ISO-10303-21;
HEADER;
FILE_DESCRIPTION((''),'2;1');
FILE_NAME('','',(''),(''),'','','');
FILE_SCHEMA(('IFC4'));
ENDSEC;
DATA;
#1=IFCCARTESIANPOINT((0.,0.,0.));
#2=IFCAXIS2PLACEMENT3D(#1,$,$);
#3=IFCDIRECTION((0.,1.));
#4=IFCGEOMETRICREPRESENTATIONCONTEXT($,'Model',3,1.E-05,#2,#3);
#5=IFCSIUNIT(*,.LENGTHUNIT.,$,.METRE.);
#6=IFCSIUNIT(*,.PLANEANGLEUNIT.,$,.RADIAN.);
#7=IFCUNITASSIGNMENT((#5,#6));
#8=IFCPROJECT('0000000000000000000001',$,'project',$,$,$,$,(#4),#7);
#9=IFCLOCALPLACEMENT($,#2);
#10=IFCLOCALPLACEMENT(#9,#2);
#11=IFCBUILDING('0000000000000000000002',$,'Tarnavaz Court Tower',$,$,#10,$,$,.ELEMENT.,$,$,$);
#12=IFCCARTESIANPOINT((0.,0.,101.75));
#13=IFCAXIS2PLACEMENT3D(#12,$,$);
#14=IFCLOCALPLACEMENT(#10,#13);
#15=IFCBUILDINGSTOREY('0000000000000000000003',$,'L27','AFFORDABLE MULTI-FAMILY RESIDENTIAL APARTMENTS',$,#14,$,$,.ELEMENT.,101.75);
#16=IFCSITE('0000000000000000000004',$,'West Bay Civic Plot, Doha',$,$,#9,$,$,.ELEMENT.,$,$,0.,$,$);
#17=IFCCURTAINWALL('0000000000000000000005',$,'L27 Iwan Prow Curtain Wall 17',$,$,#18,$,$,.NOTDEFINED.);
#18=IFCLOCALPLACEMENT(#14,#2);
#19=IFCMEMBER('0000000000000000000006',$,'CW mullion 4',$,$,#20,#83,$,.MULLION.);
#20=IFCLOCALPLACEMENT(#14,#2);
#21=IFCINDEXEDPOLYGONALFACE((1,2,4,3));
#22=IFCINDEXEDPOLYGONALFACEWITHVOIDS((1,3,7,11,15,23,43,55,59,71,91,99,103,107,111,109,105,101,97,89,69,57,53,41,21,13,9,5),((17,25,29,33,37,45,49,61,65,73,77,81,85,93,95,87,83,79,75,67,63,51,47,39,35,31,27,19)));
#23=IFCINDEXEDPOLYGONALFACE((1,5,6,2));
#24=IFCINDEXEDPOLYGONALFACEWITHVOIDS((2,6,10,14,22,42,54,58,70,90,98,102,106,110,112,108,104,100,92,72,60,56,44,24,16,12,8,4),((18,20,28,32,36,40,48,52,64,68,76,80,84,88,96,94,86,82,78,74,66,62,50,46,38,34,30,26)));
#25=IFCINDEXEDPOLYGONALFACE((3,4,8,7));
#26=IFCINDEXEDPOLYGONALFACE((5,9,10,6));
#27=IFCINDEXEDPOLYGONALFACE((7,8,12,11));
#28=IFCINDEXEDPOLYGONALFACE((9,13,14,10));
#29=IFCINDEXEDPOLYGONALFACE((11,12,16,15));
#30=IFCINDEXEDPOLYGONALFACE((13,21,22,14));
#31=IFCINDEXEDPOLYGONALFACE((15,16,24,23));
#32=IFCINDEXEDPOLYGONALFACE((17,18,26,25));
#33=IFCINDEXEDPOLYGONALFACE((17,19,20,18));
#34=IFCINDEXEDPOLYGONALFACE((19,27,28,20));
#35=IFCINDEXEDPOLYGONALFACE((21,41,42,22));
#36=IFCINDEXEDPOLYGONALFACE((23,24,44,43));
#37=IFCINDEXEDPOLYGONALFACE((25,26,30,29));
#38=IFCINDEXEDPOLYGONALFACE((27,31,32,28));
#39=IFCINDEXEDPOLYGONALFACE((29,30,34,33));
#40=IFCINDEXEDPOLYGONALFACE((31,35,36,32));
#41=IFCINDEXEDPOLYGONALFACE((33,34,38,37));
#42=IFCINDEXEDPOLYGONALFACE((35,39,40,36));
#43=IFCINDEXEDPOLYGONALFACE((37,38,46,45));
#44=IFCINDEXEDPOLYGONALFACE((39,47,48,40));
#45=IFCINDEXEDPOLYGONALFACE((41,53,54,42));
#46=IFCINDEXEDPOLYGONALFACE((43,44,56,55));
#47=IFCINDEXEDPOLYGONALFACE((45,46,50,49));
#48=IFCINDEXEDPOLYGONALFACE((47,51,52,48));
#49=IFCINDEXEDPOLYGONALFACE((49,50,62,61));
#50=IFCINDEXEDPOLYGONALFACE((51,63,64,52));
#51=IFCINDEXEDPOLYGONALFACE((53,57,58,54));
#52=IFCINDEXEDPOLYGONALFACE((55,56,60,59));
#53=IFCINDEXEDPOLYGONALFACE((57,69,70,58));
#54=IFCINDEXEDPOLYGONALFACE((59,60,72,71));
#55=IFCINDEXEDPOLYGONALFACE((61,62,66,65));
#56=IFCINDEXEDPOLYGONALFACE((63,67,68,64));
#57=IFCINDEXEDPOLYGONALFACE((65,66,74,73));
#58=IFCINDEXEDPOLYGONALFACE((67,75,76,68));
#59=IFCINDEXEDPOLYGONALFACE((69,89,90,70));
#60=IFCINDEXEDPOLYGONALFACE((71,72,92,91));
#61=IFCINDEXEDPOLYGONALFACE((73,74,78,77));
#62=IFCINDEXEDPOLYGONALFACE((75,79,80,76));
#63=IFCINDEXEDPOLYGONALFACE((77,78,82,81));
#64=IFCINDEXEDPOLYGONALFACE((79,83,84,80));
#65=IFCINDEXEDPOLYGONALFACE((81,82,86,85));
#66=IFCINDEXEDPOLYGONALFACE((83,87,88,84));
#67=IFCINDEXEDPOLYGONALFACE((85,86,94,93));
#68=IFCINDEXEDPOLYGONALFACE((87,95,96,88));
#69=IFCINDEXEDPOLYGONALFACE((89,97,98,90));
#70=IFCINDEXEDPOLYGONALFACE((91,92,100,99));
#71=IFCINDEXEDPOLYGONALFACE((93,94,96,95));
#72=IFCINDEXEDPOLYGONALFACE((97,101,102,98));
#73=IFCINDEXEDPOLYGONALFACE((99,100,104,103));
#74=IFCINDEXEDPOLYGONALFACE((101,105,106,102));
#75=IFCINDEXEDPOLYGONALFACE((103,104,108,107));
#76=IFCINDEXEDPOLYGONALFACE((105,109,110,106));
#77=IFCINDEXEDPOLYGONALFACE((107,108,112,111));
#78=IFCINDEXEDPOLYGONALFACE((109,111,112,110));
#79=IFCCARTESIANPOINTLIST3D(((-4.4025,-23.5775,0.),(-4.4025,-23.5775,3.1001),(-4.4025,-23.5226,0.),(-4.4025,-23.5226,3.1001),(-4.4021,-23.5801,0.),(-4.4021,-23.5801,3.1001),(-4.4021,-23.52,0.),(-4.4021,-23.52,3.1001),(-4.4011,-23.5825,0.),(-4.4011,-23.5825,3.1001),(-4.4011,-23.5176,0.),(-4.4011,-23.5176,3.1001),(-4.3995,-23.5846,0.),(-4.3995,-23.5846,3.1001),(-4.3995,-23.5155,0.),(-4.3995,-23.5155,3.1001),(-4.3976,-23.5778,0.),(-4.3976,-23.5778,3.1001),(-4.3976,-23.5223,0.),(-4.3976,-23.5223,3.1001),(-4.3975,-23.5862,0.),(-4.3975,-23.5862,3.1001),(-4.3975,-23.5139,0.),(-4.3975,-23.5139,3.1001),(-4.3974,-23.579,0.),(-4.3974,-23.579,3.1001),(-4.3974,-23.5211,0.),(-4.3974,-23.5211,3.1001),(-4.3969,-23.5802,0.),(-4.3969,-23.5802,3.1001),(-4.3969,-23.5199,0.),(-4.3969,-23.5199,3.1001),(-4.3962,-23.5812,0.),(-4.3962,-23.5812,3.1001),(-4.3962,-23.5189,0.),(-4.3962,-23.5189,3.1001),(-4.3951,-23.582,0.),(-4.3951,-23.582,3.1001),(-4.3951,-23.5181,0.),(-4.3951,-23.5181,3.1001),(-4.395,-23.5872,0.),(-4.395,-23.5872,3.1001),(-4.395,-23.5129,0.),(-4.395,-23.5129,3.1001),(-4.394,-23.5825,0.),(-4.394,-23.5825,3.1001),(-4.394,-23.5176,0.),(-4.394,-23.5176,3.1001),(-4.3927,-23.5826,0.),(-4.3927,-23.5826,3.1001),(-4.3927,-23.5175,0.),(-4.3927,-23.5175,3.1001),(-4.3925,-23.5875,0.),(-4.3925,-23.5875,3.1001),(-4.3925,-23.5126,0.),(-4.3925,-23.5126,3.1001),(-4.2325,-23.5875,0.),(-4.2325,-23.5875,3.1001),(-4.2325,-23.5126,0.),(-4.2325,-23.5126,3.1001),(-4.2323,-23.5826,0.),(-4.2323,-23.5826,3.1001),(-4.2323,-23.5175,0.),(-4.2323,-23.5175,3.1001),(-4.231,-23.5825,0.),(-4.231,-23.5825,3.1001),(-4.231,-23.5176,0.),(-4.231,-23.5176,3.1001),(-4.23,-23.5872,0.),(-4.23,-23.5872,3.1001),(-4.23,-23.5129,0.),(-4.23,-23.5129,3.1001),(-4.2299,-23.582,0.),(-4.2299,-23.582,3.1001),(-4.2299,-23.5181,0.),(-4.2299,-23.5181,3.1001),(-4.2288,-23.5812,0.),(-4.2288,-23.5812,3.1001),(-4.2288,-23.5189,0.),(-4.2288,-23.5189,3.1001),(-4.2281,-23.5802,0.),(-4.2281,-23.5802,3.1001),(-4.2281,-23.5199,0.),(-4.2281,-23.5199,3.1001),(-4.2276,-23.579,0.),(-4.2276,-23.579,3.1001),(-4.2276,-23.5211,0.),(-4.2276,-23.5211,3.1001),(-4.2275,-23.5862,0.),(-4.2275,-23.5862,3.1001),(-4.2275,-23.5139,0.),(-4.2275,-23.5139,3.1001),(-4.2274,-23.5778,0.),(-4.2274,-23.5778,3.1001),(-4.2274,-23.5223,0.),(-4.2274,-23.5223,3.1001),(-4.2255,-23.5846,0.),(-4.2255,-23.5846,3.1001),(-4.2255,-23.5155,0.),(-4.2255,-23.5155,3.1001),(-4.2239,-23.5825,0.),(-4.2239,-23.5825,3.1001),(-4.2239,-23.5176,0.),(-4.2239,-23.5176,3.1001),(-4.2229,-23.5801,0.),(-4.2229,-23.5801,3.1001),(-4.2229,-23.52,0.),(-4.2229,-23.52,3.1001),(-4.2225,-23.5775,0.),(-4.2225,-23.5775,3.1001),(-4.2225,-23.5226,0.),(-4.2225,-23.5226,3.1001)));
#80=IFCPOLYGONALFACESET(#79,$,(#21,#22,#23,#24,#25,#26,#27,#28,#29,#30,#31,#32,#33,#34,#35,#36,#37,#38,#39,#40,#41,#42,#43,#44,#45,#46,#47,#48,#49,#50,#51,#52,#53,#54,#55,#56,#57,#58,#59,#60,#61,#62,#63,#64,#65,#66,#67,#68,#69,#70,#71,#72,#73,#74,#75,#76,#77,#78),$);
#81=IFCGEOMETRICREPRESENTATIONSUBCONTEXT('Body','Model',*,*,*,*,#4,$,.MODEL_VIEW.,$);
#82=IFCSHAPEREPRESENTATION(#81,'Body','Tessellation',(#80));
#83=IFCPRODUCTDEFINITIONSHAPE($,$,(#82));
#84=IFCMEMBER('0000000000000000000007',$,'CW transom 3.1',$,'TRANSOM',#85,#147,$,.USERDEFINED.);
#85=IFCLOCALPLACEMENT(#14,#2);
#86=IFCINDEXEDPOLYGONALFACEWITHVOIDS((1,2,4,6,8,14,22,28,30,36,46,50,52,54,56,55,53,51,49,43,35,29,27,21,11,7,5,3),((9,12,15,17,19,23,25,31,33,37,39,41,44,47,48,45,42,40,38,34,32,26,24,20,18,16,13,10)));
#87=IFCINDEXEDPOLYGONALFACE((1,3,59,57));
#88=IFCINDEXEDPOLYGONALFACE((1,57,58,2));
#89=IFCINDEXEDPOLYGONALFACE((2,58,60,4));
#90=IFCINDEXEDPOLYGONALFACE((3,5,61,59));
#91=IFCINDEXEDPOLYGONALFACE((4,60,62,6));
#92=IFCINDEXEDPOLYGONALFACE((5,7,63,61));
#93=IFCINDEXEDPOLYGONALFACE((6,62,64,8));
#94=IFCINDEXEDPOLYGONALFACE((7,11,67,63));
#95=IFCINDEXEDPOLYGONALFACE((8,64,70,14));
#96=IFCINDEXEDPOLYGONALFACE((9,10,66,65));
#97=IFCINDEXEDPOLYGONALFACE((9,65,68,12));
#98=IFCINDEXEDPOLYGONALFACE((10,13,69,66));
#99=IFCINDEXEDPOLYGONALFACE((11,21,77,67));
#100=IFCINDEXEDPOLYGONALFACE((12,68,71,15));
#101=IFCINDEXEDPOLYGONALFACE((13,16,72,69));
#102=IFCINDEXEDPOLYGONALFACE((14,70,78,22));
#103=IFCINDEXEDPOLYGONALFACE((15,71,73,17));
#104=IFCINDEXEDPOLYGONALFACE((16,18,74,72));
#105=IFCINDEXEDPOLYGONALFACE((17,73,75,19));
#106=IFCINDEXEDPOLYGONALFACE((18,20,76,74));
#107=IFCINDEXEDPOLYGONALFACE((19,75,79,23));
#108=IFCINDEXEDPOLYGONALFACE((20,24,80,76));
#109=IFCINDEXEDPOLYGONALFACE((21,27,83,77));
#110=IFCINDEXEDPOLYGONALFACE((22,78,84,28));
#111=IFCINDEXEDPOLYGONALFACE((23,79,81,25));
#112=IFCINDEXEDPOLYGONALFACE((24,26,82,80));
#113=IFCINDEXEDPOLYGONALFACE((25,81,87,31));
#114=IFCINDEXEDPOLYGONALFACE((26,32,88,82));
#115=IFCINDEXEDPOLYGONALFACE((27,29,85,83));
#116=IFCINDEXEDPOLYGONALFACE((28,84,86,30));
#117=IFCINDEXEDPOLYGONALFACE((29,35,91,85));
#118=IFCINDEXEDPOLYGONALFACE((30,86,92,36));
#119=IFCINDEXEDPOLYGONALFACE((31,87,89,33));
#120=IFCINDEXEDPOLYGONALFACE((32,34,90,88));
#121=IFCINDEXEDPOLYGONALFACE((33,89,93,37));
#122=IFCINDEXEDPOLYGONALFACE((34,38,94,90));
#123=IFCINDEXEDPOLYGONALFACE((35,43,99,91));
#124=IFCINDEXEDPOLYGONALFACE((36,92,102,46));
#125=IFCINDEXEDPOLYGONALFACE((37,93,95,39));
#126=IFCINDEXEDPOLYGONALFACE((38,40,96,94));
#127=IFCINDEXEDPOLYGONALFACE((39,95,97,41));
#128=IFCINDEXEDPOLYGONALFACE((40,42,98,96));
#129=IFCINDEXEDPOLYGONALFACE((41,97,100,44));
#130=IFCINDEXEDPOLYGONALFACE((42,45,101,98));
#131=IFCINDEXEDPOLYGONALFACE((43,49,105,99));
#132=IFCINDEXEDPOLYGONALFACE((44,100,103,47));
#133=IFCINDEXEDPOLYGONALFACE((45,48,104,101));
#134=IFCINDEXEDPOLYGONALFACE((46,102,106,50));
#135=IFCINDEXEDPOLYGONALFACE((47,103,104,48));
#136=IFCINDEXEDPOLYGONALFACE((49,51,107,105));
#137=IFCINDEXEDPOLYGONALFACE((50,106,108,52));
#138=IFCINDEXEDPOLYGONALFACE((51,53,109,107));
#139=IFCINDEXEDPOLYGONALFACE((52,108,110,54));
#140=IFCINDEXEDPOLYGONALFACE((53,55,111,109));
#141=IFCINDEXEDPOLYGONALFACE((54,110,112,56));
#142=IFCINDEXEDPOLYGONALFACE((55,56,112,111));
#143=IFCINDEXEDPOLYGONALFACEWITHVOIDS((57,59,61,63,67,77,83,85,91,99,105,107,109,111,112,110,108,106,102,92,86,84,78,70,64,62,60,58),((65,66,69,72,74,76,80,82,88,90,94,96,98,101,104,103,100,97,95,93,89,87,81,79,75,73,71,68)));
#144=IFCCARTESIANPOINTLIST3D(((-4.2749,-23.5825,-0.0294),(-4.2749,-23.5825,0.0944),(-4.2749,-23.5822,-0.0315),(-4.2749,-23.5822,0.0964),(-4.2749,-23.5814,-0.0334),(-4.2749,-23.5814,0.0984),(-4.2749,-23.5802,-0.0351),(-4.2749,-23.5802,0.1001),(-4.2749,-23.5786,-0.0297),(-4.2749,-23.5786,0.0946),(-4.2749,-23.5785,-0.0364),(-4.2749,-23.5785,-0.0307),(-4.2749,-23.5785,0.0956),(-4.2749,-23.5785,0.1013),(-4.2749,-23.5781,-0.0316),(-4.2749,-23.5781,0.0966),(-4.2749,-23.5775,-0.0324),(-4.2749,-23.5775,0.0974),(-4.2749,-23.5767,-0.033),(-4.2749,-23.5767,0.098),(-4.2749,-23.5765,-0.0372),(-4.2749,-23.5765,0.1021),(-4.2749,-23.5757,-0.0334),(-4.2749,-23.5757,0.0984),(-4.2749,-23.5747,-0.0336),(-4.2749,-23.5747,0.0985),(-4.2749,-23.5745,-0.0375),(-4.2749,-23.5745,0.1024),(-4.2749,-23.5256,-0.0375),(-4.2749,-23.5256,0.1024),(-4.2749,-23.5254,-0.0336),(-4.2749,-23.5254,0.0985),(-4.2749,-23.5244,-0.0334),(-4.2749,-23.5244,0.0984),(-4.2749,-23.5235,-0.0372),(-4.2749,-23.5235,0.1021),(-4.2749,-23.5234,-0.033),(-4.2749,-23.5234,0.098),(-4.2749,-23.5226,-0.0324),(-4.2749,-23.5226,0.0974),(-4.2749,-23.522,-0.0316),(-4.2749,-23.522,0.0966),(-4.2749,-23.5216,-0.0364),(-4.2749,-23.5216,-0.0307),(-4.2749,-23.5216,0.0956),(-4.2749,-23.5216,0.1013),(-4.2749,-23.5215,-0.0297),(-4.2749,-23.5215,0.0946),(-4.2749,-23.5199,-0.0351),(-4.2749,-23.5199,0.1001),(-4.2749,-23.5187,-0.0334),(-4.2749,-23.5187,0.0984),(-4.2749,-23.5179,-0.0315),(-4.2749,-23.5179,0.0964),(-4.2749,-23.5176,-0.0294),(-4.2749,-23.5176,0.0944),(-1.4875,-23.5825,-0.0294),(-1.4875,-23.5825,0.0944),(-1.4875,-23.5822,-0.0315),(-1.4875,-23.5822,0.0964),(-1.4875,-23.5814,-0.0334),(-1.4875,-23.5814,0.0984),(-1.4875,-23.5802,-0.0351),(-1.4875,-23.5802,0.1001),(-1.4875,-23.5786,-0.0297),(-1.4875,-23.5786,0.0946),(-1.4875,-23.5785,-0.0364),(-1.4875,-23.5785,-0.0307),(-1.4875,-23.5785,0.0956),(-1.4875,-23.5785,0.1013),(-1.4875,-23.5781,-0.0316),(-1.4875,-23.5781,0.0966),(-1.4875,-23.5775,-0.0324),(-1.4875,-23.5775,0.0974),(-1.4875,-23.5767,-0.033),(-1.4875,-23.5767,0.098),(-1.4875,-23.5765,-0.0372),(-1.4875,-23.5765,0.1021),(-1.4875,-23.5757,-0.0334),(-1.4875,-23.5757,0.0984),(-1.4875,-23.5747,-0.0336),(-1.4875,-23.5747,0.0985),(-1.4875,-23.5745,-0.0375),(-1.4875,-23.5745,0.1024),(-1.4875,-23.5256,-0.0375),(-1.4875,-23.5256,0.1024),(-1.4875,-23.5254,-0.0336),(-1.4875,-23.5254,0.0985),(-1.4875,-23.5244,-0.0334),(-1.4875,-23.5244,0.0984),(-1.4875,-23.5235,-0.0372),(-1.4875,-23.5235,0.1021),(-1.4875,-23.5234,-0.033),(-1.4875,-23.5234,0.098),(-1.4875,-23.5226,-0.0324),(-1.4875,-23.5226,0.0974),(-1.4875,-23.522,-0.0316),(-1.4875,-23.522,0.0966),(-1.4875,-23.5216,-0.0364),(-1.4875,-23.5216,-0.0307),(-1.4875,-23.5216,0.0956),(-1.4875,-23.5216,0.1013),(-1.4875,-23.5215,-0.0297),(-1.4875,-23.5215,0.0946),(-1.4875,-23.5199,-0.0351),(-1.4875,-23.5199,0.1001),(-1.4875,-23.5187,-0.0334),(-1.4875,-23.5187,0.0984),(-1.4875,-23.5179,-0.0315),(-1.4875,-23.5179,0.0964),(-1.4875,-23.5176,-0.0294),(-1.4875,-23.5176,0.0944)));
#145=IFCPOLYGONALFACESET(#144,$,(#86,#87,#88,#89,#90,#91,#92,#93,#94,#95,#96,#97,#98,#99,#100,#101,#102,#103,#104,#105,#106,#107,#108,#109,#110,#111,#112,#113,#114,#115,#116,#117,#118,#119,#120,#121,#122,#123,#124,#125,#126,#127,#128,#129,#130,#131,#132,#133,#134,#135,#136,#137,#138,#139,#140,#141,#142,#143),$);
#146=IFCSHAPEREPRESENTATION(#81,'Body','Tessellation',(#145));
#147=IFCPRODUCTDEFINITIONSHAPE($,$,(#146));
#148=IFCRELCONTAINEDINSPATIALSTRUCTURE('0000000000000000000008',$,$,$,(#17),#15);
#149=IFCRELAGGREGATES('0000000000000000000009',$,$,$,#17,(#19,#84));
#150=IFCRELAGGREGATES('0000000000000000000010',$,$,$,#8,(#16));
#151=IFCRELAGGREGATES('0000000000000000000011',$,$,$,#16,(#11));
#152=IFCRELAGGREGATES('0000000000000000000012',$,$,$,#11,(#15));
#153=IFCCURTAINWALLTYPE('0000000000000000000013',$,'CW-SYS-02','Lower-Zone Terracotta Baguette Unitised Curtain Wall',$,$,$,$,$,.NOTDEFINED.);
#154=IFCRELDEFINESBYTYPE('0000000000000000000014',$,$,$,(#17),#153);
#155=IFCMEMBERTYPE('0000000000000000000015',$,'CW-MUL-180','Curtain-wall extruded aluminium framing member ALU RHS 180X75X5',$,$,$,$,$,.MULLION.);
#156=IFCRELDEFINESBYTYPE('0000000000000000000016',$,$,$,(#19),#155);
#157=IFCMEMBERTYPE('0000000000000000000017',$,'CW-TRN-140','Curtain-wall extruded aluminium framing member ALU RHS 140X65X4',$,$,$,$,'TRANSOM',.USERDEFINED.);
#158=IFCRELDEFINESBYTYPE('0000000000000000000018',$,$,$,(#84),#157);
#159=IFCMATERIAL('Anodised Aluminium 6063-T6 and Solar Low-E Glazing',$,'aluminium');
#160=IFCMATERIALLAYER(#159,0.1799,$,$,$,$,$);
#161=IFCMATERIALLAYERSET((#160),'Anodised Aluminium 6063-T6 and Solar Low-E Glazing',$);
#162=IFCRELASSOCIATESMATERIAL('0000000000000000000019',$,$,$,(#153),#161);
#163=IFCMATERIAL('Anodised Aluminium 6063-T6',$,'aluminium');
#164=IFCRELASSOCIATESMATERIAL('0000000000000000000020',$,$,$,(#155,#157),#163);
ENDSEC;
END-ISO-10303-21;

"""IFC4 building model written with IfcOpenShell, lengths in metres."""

from ifc_helpers import new_model, si_unit, direction, frame, origin, origin_2d, place, context, subcontext, project, spatial, hollow_rectangle, extrude, material, layer, layer_set, material_profile, profile_set, type_object, element, aggregate, save


model = new_model("IFC4")

# Units and contexts
model_context = context("Model", 3, precision=1e-05, world=origin(), true_north=direction((0.0, 1.0)))
body_context = subcontext(model_context, "Body", "Model", "MODEL_VIEW")
ifc_project = project(units=[si_unit("LENGTHUNIT", "METRE"), si_unit("PLANEANGLEUNIT", "RADIAN")], contexts=[model_context])

# Site, building, storey
site_placement = place(None, origin())
site = spatial("IfcSite", under=ifc_project, at=site_placement, Name="West Bay Civic Plot, Doha", CompositionType="ELEMENT", RefElevation=0.0)
building_placement = place(site_placement, origin())
building = spatial("IfcBuilding", under=site, at=building_placement, Name="Tarnavaz Court Tower", CompositionType="ELEMENT")
storey_placement = place(building_placement, frame((0.0, 0.0, 101.75)))
storey = spatial("IfcBuildingStorey", under=building, at=storey_placement, Name="L27", Description="AFFORDABLE MULTI-FAMILY RESIDENTIAL APARTMENTS", CompositionType="ELEMENT", Elevation=101.75)

# Curtain wall, members
ifc_material_1 = material(Name="Anodised Aluminium 6063-T6 and Solar Low-E Glazing", Category="aluminium")
ifc_layer_1 = layer(ifc_material_1, 0.1799)
ifc_layer_set_1 = layer_set([ifc_layer_1], Name="Anodised Aluminium 6063-T6 and Solar Low-E Glazing")
curtain_wall_type = type_object("IfcCurtainWallType", Name="CW-SYS-02", Description="Lower-Zone Terracotta Baguette Unitised Curtain Wall", PredefinedType="NOTDEFINED", material=ifc_layer_set_1)
curtain_wall_placement = place(storey_placement, origin())
curtain_wall = element("IfcCurtainWall", 1, at=curtain_wall_placement, inside=storey, type_object=curtain_wall_type, Name="L27 Iwan Prow Curtain Wall 17", PredefinedType="NOTDEFINED")
ifc_material_2 = material(Name="Anodised Aluminium 6063-T6", Category="aluminium")
ifc_material_profile_1 = material_profile(ifc_material_2, hollow_rectangle(XDim=0.075, YDim=0.1799, WallThickness=0.0049, InnerFilletRadius=0.0049, OuterFilletRadius=0.01, at=origin_2d()), Name="ALU RHS 180X75X5")
ifc_profile_set_1 = profile_set([ifc_material_profile_1], Name="Anodised Aluminium 6063-T6")
member_type_1 = type_object("IfcMemberType", Name="CW-MUL-180", Description="Curtain-wall extruded aluminium framing member ALU RHS 180X75X5", PredefinedType="MULLION", material=ifc_profile_set_1)
member_1_placement = place(storey_placement, frame((-4.3125, -23.55, 0.0), z_axis=(0.0, 0.0, 1.0), x_axis=(0.0, -1.0, 0.0)))
member_1 = element("IfcMember", 2, at=member_1_placement, type_object=member_type_1, Name="CW mullion 4", PredefinedType="MULLION", context=body_context, shape_type="SweptSolid", body=[
    extrude(hollow_rectangle(XDim=0.075, YDim=0.1799, WallThickness=0.0049, InnerFilletRadius=0.0049, OuterFilletRadius=0.01, at=origin_2d()), origin(), (0.0, 0.0, 1.0), 3.1001),
])
ifc_material_profile_2 = material_profile(ifc_material_2, hollow_rectangle(XDim=0.0649, YDim=0.1399, WallThickness=0.0039, InnerFilletRadius=0.0039, OuterFilletRadius=0.0081, at=origin_2d()), Name="ALU RHS 140X65X4")
ifc_profile_set_2 = profile_set([ifc_material_profile_2], Name="Anodised Aluminium 6063-T6")
member_type_2 = type_object("IfcMemberType", Name="CW-TRN-140", Description="Curtain-wall extruded aluminium framing member ALU RHS 140X65X4", ElementType="TRANSOM", PredefinedType="USERDEFINED", material=ifc_profile_set_2)
member_2_placement = place(storey_placement, frame((-1.4875, -23.55, 0.0325), z_axis=(-1.0, 0.0, 0.0), x_axis=(0.0, -1.0, 0.0)))
member_2 = element("IfcMember", 3, at=member_2_placement, type_object=member_type_2, Name="CW transom 3.1", ObjectType="TRANSOM", PredefinedType="USERDEFINED", context=body_context, shape_type="SweptSolid", body=[
    extrude(hollow_rectangle(XDim=0.0649, YDim=0.1399, WallThickness=0.0039, InnerFilletRadius=0.0039, OuterFilletRadius=0.0081, at=origin_2d()), origin(), (0.0, 0.0, 1.0), 2.7874),
])
aggregate(curtain_wall, [member_1, member_2])

save(model, "model.ifc")
